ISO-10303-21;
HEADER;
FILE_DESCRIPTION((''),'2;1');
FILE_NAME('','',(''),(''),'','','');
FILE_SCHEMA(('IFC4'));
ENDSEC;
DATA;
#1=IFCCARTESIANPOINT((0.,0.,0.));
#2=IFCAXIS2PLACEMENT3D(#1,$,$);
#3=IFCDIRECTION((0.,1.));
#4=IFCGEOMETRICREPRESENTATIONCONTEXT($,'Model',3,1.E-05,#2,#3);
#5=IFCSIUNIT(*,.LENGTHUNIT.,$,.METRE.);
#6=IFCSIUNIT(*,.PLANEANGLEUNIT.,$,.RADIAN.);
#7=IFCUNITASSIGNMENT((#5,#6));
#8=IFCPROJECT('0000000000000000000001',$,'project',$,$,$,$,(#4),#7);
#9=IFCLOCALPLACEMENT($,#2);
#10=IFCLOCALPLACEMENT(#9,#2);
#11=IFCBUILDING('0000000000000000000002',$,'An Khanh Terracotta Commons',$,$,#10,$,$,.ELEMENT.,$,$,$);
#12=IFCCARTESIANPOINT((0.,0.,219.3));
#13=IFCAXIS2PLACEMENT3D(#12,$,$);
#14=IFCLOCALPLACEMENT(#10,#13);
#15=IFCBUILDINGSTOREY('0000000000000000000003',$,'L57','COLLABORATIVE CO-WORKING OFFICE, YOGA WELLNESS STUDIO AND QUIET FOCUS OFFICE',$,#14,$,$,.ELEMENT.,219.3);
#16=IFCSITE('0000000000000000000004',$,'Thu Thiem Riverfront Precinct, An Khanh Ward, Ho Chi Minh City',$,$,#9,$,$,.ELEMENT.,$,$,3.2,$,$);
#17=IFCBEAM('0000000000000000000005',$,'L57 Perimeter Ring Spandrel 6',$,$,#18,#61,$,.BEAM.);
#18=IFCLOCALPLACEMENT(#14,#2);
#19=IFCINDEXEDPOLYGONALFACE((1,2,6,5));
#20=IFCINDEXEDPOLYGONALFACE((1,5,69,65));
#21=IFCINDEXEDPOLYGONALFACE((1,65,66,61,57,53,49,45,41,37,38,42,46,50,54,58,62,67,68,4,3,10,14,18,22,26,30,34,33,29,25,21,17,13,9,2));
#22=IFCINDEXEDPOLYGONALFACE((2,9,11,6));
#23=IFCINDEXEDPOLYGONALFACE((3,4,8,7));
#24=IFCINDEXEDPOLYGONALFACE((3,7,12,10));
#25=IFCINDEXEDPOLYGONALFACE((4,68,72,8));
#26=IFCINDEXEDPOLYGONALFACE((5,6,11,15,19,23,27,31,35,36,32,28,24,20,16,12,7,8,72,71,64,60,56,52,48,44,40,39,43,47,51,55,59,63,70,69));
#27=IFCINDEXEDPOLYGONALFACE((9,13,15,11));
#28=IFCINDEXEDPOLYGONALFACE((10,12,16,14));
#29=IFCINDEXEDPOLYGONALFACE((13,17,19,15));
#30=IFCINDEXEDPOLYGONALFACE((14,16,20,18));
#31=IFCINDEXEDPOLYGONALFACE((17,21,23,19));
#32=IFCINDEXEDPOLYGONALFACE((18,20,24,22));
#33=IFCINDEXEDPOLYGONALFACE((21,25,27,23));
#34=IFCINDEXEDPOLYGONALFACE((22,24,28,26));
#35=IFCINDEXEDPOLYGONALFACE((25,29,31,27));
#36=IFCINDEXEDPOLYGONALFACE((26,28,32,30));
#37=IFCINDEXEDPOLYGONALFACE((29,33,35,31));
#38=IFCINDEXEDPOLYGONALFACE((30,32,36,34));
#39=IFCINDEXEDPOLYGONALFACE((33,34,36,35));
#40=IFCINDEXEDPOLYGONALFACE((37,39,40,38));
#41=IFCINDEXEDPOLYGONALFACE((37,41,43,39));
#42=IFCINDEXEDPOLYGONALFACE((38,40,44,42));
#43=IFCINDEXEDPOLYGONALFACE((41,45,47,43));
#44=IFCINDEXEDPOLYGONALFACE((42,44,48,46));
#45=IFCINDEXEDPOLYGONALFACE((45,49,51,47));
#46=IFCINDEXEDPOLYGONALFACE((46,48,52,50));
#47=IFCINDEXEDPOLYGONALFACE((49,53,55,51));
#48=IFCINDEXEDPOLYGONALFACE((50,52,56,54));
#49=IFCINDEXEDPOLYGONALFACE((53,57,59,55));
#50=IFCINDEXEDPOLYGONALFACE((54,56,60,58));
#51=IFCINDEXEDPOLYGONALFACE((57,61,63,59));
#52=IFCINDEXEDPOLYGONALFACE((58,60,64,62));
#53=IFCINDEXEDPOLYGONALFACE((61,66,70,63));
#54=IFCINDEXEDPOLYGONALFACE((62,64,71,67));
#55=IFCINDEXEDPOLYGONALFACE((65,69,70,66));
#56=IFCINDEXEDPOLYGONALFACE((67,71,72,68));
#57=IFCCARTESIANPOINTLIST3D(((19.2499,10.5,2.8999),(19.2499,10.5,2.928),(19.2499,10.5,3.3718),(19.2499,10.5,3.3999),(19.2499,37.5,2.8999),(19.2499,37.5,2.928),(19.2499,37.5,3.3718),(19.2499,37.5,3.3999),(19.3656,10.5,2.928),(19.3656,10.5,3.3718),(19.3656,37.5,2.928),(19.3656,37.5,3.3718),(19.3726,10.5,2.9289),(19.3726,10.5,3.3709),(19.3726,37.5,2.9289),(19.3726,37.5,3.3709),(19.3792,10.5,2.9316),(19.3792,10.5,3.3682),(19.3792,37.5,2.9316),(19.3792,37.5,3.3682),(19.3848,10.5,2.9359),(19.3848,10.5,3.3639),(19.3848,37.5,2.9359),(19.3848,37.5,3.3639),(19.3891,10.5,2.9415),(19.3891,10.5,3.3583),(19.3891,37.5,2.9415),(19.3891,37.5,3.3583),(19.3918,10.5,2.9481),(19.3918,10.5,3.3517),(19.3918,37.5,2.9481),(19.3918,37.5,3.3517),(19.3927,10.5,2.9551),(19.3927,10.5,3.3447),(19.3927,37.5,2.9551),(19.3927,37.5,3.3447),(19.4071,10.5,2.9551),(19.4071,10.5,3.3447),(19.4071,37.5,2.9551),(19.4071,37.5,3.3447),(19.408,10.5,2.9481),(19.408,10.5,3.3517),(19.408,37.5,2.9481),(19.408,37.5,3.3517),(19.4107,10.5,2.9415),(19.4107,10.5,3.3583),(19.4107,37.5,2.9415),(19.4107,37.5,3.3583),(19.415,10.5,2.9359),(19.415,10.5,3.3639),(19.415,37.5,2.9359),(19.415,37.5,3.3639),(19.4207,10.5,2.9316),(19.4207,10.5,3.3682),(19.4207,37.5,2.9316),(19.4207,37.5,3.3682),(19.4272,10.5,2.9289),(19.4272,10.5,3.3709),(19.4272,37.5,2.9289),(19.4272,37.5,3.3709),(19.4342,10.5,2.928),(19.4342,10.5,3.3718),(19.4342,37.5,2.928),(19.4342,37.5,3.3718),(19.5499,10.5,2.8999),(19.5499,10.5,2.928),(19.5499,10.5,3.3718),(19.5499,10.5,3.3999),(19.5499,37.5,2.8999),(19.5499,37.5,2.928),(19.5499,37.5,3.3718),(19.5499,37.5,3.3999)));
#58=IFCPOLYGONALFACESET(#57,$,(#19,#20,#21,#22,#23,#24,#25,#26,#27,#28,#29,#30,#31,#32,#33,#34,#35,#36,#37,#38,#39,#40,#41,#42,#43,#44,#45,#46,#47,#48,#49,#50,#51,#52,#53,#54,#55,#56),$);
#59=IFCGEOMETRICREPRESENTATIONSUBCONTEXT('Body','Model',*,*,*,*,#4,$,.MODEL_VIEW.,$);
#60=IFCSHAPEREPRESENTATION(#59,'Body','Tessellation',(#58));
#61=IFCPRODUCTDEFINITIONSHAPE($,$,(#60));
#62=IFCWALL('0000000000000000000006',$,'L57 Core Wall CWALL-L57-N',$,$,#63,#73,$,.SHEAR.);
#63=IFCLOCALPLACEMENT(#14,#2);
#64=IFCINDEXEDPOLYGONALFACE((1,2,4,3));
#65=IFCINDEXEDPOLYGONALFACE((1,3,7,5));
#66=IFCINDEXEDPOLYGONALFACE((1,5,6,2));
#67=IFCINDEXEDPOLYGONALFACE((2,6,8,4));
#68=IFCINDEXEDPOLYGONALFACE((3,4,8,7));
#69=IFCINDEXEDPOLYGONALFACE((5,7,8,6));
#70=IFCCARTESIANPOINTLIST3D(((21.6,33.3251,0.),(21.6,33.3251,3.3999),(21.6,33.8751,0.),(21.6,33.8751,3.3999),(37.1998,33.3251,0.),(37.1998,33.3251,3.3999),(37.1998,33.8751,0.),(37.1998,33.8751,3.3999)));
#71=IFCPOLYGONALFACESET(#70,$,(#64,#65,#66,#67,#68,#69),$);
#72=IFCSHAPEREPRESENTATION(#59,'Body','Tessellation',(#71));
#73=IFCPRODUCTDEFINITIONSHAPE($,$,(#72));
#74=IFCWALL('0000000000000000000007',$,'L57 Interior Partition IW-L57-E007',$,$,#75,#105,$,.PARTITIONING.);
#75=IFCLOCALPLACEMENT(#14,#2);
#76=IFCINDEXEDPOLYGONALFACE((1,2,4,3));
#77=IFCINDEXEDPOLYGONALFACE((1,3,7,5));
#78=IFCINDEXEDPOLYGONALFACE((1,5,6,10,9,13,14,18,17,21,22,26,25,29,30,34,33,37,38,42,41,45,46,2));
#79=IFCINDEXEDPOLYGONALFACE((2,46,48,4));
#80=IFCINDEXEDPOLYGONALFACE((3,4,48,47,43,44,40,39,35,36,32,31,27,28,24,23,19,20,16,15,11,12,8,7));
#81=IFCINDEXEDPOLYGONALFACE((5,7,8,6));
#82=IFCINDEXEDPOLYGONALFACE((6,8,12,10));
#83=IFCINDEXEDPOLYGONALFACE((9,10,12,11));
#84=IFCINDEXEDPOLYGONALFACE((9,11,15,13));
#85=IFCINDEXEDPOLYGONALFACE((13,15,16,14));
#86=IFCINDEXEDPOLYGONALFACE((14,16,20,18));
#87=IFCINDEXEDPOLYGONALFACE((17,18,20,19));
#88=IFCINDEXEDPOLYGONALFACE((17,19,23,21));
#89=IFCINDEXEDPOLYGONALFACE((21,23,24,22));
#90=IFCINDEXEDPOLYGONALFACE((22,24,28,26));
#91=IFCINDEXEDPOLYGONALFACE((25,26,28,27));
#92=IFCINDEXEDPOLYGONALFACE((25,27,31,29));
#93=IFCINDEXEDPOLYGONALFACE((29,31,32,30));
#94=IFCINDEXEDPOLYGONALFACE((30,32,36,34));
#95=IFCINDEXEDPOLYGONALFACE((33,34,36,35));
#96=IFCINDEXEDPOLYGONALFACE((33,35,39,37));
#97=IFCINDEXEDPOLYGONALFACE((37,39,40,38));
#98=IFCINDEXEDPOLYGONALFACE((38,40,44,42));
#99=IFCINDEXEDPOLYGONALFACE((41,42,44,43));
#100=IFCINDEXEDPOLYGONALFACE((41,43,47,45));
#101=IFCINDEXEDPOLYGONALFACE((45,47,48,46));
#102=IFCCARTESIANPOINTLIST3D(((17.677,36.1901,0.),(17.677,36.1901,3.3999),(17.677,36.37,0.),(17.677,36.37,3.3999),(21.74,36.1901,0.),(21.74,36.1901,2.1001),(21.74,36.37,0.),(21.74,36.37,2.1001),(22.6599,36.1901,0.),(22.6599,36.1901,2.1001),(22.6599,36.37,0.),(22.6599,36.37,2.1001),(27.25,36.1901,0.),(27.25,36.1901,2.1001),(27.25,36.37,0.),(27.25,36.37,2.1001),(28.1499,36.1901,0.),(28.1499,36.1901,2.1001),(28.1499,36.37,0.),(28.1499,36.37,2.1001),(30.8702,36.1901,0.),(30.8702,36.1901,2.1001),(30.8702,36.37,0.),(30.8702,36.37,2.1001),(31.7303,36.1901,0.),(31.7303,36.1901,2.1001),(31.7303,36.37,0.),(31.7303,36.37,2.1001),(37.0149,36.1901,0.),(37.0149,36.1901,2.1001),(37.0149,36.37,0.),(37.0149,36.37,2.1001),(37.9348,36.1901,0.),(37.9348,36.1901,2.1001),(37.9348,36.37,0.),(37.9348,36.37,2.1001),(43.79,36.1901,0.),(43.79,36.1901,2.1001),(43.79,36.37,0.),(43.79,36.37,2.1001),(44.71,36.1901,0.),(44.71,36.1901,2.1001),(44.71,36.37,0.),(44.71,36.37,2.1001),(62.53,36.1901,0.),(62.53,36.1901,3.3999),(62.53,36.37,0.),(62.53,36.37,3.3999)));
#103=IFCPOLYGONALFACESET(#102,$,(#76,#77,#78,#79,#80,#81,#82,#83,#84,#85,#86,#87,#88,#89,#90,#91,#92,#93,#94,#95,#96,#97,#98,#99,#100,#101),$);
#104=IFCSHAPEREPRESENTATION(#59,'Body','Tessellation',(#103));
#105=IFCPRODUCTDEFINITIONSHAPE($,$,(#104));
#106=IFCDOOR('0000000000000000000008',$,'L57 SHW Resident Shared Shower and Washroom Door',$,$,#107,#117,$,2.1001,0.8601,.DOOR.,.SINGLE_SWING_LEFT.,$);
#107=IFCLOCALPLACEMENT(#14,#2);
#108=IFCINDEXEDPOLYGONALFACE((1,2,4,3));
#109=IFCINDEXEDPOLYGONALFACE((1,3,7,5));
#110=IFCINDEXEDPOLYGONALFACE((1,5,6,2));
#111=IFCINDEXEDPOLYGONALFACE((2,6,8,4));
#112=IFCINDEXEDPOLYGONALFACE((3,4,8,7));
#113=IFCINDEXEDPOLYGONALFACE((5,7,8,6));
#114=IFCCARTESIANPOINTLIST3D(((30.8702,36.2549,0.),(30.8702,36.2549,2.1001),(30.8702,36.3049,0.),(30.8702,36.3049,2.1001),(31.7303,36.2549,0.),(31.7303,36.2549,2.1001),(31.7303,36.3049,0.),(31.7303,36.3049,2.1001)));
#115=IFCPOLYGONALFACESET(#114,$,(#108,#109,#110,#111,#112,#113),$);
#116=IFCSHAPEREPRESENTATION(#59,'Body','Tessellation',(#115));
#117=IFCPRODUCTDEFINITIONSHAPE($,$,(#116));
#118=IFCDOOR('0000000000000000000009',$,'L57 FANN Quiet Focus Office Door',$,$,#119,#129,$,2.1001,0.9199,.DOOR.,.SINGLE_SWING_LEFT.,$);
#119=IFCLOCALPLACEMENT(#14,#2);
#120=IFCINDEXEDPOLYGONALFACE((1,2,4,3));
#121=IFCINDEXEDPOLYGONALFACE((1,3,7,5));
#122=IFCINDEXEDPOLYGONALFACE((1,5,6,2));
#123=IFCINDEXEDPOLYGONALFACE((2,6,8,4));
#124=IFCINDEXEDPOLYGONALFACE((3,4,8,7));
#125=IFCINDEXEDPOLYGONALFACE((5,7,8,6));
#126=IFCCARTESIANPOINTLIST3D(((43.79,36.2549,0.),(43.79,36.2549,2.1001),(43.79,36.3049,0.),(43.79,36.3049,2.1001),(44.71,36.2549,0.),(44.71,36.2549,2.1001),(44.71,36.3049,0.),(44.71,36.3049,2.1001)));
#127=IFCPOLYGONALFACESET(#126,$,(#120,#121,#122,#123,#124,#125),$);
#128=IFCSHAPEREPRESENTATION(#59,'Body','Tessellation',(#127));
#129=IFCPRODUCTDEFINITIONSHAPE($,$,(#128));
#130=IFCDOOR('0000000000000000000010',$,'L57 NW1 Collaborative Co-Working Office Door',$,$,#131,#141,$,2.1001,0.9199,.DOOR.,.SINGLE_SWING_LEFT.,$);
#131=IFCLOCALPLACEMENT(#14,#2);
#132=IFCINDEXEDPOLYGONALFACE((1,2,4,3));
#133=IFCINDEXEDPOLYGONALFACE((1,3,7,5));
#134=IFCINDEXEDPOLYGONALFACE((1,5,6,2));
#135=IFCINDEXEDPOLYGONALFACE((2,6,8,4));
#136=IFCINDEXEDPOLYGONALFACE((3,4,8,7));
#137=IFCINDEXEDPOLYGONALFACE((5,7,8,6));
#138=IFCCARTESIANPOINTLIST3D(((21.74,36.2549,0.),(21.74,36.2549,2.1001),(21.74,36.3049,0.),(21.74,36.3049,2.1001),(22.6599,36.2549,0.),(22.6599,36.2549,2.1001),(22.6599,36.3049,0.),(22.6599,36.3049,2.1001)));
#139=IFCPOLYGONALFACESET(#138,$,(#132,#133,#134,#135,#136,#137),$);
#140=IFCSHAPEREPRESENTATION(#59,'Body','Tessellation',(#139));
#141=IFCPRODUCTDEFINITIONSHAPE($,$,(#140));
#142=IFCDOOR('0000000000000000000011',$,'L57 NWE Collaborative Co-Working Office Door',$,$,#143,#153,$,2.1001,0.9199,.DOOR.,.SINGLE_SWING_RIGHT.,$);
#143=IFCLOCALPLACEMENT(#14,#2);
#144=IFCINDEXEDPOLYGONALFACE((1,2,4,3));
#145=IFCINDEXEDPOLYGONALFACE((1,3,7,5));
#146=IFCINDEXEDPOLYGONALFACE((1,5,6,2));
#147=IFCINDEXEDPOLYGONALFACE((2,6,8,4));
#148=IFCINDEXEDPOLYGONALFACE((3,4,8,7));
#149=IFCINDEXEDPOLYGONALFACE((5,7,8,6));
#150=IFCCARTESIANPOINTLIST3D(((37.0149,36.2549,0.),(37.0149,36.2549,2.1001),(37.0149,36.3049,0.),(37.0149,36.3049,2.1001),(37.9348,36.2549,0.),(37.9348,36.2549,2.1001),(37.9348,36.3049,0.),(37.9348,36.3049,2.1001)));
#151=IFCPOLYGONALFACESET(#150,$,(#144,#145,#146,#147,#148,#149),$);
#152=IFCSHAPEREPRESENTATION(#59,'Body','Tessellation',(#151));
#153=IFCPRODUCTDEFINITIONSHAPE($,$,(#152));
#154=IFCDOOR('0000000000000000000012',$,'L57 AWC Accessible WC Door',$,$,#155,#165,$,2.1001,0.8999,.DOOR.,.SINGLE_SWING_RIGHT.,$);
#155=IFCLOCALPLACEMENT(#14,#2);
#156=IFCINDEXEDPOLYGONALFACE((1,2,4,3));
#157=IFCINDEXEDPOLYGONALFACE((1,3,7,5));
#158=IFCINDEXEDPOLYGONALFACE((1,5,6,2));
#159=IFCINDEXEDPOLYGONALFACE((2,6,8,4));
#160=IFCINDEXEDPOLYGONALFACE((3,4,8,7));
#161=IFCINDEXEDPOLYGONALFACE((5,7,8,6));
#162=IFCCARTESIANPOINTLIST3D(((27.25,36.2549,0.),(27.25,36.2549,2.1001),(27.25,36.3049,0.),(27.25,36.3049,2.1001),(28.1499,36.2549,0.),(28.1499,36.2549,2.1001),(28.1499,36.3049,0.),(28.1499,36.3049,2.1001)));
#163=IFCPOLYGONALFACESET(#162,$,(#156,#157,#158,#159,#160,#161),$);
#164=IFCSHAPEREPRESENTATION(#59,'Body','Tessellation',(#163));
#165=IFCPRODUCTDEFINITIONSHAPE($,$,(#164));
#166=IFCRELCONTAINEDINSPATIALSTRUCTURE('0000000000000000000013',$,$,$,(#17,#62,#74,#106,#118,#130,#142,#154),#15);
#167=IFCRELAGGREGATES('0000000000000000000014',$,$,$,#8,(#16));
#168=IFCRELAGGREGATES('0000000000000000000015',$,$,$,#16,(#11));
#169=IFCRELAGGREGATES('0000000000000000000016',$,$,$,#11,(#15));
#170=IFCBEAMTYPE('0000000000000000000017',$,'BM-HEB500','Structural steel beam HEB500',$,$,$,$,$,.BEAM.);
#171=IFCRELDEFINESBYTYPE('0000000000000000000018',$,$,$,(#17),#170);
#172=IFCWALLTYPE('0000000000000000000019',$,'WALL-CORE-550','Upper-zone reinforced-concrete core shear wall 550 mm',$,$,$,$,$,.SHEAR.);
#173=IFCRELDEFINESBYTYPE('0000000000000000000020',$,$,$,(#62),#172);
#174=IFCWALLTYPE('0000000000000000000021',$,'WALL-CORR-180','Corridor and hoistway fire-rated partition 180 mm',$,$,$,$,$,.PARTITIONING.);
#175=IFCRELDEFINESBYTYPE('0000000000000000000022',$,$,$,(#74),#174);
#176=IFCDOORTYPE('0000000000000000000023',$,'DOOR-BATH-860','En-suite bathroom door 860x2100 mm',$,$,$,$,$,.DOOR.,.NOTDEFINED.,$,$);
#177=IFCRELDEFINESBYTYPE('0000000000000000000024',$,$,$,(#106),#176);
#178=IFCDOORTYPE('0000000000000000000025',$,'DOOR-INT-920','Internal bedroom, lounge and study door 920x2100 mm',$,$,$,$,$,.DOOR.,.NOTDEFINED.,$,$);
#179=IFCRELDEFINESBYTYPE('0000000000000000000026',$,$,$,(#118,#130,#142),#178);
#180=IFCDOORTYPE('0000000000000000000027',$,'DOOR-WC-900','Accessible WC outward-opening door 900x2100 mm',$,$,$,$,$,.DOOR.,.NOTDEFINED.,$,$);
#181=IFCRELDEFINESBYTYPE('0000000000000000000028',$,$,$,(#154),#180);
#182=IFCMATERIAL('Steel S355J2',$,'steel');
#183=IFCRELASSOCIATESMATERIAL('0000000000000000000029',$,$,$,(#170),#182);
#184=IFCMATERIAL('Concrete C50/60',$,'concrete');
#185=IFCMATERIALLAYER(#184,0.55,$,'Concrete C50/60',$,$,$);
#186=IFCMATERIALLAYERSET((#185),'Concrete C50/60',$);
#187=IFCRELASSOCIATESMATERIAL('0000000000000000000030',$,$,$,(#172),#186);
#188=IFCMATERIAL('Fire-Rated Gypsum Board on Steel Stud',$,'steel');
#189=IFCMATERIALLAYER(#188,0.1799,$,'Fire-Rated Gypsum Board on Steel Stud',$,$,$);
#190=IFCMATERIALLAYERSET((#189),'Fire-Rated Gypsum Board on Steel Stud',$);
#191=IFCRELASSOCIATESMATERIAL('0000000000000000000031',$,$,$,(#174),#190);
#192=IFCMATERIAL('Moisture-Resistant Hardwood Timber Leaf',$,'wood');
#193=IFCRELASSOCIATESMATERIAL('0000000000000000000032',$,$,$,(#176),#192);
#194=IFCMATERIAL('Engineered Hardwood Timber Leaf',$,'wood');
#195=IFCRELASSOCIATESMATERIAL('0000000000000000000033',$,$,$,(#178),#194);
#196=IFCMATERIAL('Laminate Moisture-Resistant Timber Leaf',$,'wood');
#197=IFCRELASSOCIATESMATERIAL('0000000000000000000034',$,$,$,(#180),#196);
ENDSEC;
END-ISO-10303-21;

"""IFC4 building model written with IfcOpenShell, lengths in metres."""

from ifc_helpers import new_model, si_unit, direction, frame, frame_2d, origin, origin_2d, place, context, subcontext, project, spatial, rectangle, i_section, extrude, material, layer, layer_set, material_profile, profile_set, type_object, element, fill, save


model = new_model("IFC4")

# Units and contexts
model_context = context("Model", 3, precision=1e-05, world=origin(), true_north=direction((0.0, 1.0)))
body_context = subcontext(model_context, "Body", "Model", "MODEL_VIEW")
ifc_project = project(units=[si_unit("LENGTHUNIT", "METRE"), si_unit("PLANEANGLEUNIT", "RADIAN")], contexts=[model_context])

# Site, building, storey
site_placement = place(None, origin())
site = spatial("IfcSite", under=ifc_project, at=site_placement, Name="Thu Thiem Riverfront Precinct, An Khanh Ward, Ho Chi Minh City", CompositionType="ELEMENT", RefElevation=3.2)
building_placement = place(site_placement, origin())
building = spatial("IfcBuilding", under=site, at=building_placement, Name="An Khanh Terracotta Commons", CompositionType="ELEMENT")
storey_placement = place(building_placement, frame((0.0, 0.0, 219.3)))
storey = spatial("IfcBuildingStorey", under=building, at=storey_placement, Name="L57", Description="COLLABORATIVE CO-WORKING OFFICE, YOGA WELLNESS STUDIO AND QUIET FOCUS OFFICE", CompositionType="ELEMENT", Elevation=219.3)

# Beam
ifc_material_1 = material(Name="Steel S355J2", Category="steel")
ifc_material_profile_1 = material_profile(ifc_material_1, i_section(OverallWidth=0.3, OverallDepth=0.5, WebThickness=0.0144, FlangeThickness=0.0281, FilletRadius=0.0271, at=origin_2d()), Name="HEB500")
ifc_profile_set_1 = profile_set([ifc_material_profile_1], Name="Steel S355J2")
beam_type_1 = type_object("IfcBeamType", Name="BM-HEB500", Description="Structural steel beam HEB500", PredefinedType="BEAM", material=ifc_profile_set_1)
beam_1_placement = place(storey_placement, frame((19.3999, 37.5, 3.1499), z_axis=(0.0, -1.0, 0.0), x_axis=(1.0, 0.0, 0.0)))
element("IfcBeam", 1, at=beam_1_placement, inside=storey, type_object=beam_type_1, Name="L57 Perimeter Ring Spandrel 6", PredefinedType="BEAM", context=body_context, shape_type="SweptSolid", body=[
    extrude(i_section(OverallWidth=0.3, OverallDepth=0.5, WebThickness=0.0144, FlangeThickness=0.0281, FilletRadius=0.0271, at=origin_2d()), origin(), (0.0, 0.0, 1.0), 27.0),
])

# Wall
ifc_material_2 = material(Name="Concrete C50/60", Category="concrete")
ifc_layer_1 = layer(ifc_material_2, 0.55, Name="Concrete C50/60")
ifc_layer_set_1 = layer_set([ifc_layer_1], Name="Concrete C50/60")
wall_type_1 = type_object("IfcWallType", Name="WALL-CORE-550", Description="Upper-zone reinforced-concrete core shear wall 550 mm", PredefinedType="SHEAR", material=ifc_layer_set_1)
wall_1_placement = place(storey_placement, frame((21.6001, 33.6001, 0.0), z_axis=(0.0, 0.0, 1.0), x_axis=(1.0, 0.0, 0.0)))
element("IfcWall", 2, at=wall_1_placement, inside=storey, type_object=wall_type_1, Name="L57 Core Wall CWALL-L57-N", PredefinedType="SHEAR", context=body_context, shape_type="SweptSolid", body=[
    extrude(rectangle(XDim=15.5999, YDim=0.55, at=frame_2d((7.7998, 0.0))), origin(), (0.0, 0.0, 1.0), 3.3999),
])

# Wall, openings, doors
ifc_material_3 = material(Name="Fire-Rated Gypsum Board on Steel Stud", Category="steel")
ifc_layer_2 = layer(ifc_material_3, 0.1799, Name="Fire-Rated Gypsum Board on Steel Stud")
ifc_layer_set_2 = layer_set([ifc_layer_2], Name="Fire-Rated Gypsum Board on Steel Stud")
wall_type_2 = type_object("IfcWallType", Name="WALL-CORR-180", Description="Corridor and hoistway fire-rated partition 180 mm", PredefinedType="PARTITIONING", material=ifc_layer_set_2)
wall_2_placement = place(storey_placement, frame((17.677, 36.28, 0.0), z_axis=(0.0, 0.0, 1.0), x_axis=(1.0, 0.0, 0.0)))
wall_2 = element("IfcWall", 3, at=wall_2_placement, inside=storey, type_object=wall_type_2, Name="L57 Interior Partition IW-L57-E007", PredefinedType="PARTITIONING", context=body_context, shape_type="SweptSolid", body=[
    extrude(rectangle(XDim=44.853, YDim=0.1799, at=frame_2d((22.4265, 0.0))), origin(), (0.0, 0.0, 1.0), 3.3999),
])
opening_1_placement = place(wall_2_placement, frame((9.573, 0.0, 0.0)))
opening_1 = element("IfcOpeningElement", 4, at=opening_1_placement, cuts=wall_2, PredefinedType="OPENING", context=body_context, shape_type="SweptSolid", body=[
    extrude(rectangle(XDim=0.8999, YDim=2.1001, at=frame_2d((0.45, 1.05))), frame((0.0, 0.0999, 0.0), z_axis=(0.0, -1.0, 0.0), x_axis=(1.0, 0.0, 0.0)), (0.0, 0.0, 1.0), 0.2),
])
opening_2_placement = place(wall_2_placement, frame((13.1931, 0.0, 0.0)))
opening_2 = element("IfcOpeningElement", 5, at=opening_2_placement, cuts=wall_2, PredefinedType="OPENING", context=body_context, shape_type="SweptSolid", body=[
    extrude(rectangle(XDim=0.8601, YDim=2.1001, at=frame_2d((0.4302, 1.05))), frame((0.0, 0.0999, 0.0), z_axis=(0.0, -1.0, 0.0), x_axis=(1.0, 0.0, 0.0)), (0.0, 0.0, 1.0), 0.2),
])
opening_3_placement = place(wall_2_placement, frame((26.113, 0.0, 0.0)))
opening_3 = element("IfcOpeningElement", 6, at=opening_3_placement, cuts=wall_2, PredefinedType="OPENING", context=body_context, shape_type="SweptSolid", body=[
    extrude(rectangle(XDim=0.9199, YDim=2.1001, at=frame_2d((0.46, 1.05))), frame((0.0, 0.0999, 0.0), z_axis=(0.0, -1.0, 0.0), x_axis=(1.0, 0.0, 0.0)), (0.0, 0.0, 1.0), 0.2),
])
opening_4_placement = place(wall_2_placement, frame((4.063, 0.0, 0.0)))
opening_4 = element("IfcOpeningElement", 7, at=opening_4_placement, cuts=wall_2, PredefinedType="OPENING", context=body_context, shape_type="SweptSolid", body=[
    extrude(rectangle(XDim=0.9199, YDim=2.1001, at=frame_2d((0.46, 1.05))), frame((0.0, 0.0999, 0.0), z_axis=(0.0, -1.0, 0.0), x_axis=(1.0, 0.0, 0.0)), (0.0, 0.0, 1.0), 0.2),
])
opening_5_placement = place(wall_2_placement, frame((19.3379, 0.0, 0.0)))
opening_5 = element("IfcOpeningElement", 8, at=opening_5_placement, cuts=wall_2, PredefinedType="OPENING", context=body_context, shape_type="SweptSolid", body=[
    extrude(rectangle(XDim=0.9199, YDim=2.1001, at=frame_2d((0.46, 1.05))), frame((0.0, 0.0999, 0.0), z_axis=(0.0, -1.0, 0.0), x_axis=(1.0, 0.0, 0.0)), (0.0, 0.0, 1.0), 0.2),
])
ifc_material_4 = material(Name="Moisture-Resistant Hardwood Timber Leaf", Category="wood")
door_type_1 = type_object("IfcDoorType", Name="DOOR-BATH-860", Description="En-suite bathroom door 860x2100 mm", OperationType="NOTDEFINED", PredefinedType="DOOR", material=ifc_material_4)
door_1_placement = place(opening_2_placement, origin())
door_1 = element("IfcDoor", 9, at=door_1_placement, inside=storey, type_object=door_type_1, Name="L57 SHW Resident Shared Shower and Washroom Door", OperationType="SINGLE_SWING_LEFT", OverallHeight=2.1001, OverallWidth=0.8601, PredefinedType="DOOR", context=body_context, shape_type="SweptSolid", body=[
    extrude(rectangle(XDim=0.8601, YDim=2.1001, at=frame_2d((0.4302, 1.05))), frame((0.0, 0.0249, 0.0), z_axis=(0.0, -1.0, 0.0), x_axis=(1.0, 0.0, 0.0)), (0.0, 0.0, 1.0), 0.05),
])
fill(opening_2, door_1)
ifc_material_5 = material(Name="Engineered Hardwood Timber Leaf", Category="wood")
door_type_2 = type_object("IfcDoorType", Name="DOOR-INT-920", Description="Internal bedroom, lounge and study door 920x2100 mm", OperationType="NOTDEFINED", PredefinedType="DOOR", material=ifc_material_5)
door_2_placement = place(opening_3_placement, origin())
door_2 = element("IfcDoor", 10, at=door_2_placement, inside=storey, type_object=door_type_2, Name="L57 FANN Quiet Focus Office Door", OperationType="SINGLE_SWING_LEFT", OverallHeight=2.1001, OverallWidth=0.9199, PredefinedType="DOOR", context=body_context, shape_type="SweptSolid", body=[
    extrude(rectangle(XDim=0.9199, YDim=2.1001, at=frame_2d((0.46, 1.05))), frame((0.0, 0.0249, 0.0), z_axis=(0.0, -1.0, 0.0), x_axis=(1.0, 0.0, 0.0)), (0.0, 0.0, 1.0), 0.05),
])
fill(opening_3, door_2)
door_3_placement = place(opening_4_placement, origin())
door_3 = element("IfcDoor", 11, at=door_3_placement, inside=storey, type_object=door_type_2, Name="L57 NW1 Collaborative Co-Working Office Door", OperationType="SINGLE_SWING_LEFT", OverallHeight=2.1001, OverallWidth=0.9199, PredefinedType="DOOR", context=body_context, shape_type="SweptSolid", body=[
    extrude(rectangle(XDim=0.9199, YDim=2.1001, at=frame_2d((0.46, 1.05))), frame((0.0, 0.0249, 0.0), z_axis=(0.0, -1.0, 0.0), x_axis=(1.0, 0.0, 0.0)), (0.0, 0.0, 1.0), 0.05),
])
fill(opening_4, door_3)
door_4_placement = place(opening_5_placement, origin())
door_4 = element("IfcDoor", 12, at=door_4_placement, inside=storey, type_object=door_type_2, Name="L57 NWE Collaborative Co-Working Office Door", OperationType="SINGLE_SWING_RIGHT", OverallHeight=2.1001, OverallWidth=0.9199, PredefinedType="DOOR", context=body_context, shape_type="SweptSolid", body=[
    extrude(rectangle(XDim=0.9199, YDim=2.1001, at=frame_2d((0.46, 1.05))), frame((0.0, 0.0249, 0.0), z_axis=(0.0, -1.0, 0.0), x_axis=(1.0, 0.0, 0.0)), (0.0, 0.0, 1.0), 0.05),
])
fill(opening_5, door_4)
ifc_material_6 = material(Name="Laminate Moisture-Resistant Timber Leaf", Category="wood")
door_type_3 = type_object("IfcDoorType", Name="DOOR-WC-900", Description="Accessible WC outward-opening door 900x2100 mm", OperationType="NOTDEFINED", PredefinedType="DOOR", material=ifc_material_6)
door_5_placement = place(opening_1_placement, origin())
door_5 = element("IfcDoor", 13, at=door_5_placement, inside=storey, type_object=door_type_3, Name="L57 AWC Accessible WC Door", OperationType="SINGLE_SWING_RIGHT", OverallHeight=2.1001, OverallWidth=0.8999, PredefinedType="DOOR", context=body_context, shape_type="SweptSolid", body=[
    extrude(rectangle(XDim=0.8999, YDim=2.1001, at=frame_2d((0.45, 1.05))), frame((0.0, 0.0249, 0.0), z_axis=(0.0, -1.0, 0.0), x_axis=(1.0, 0.0, 0.0)), (0.0, 0.0, 1.0), 0.05),
])
fill(opening_1, door_5)

save(model, "model.ifc")
